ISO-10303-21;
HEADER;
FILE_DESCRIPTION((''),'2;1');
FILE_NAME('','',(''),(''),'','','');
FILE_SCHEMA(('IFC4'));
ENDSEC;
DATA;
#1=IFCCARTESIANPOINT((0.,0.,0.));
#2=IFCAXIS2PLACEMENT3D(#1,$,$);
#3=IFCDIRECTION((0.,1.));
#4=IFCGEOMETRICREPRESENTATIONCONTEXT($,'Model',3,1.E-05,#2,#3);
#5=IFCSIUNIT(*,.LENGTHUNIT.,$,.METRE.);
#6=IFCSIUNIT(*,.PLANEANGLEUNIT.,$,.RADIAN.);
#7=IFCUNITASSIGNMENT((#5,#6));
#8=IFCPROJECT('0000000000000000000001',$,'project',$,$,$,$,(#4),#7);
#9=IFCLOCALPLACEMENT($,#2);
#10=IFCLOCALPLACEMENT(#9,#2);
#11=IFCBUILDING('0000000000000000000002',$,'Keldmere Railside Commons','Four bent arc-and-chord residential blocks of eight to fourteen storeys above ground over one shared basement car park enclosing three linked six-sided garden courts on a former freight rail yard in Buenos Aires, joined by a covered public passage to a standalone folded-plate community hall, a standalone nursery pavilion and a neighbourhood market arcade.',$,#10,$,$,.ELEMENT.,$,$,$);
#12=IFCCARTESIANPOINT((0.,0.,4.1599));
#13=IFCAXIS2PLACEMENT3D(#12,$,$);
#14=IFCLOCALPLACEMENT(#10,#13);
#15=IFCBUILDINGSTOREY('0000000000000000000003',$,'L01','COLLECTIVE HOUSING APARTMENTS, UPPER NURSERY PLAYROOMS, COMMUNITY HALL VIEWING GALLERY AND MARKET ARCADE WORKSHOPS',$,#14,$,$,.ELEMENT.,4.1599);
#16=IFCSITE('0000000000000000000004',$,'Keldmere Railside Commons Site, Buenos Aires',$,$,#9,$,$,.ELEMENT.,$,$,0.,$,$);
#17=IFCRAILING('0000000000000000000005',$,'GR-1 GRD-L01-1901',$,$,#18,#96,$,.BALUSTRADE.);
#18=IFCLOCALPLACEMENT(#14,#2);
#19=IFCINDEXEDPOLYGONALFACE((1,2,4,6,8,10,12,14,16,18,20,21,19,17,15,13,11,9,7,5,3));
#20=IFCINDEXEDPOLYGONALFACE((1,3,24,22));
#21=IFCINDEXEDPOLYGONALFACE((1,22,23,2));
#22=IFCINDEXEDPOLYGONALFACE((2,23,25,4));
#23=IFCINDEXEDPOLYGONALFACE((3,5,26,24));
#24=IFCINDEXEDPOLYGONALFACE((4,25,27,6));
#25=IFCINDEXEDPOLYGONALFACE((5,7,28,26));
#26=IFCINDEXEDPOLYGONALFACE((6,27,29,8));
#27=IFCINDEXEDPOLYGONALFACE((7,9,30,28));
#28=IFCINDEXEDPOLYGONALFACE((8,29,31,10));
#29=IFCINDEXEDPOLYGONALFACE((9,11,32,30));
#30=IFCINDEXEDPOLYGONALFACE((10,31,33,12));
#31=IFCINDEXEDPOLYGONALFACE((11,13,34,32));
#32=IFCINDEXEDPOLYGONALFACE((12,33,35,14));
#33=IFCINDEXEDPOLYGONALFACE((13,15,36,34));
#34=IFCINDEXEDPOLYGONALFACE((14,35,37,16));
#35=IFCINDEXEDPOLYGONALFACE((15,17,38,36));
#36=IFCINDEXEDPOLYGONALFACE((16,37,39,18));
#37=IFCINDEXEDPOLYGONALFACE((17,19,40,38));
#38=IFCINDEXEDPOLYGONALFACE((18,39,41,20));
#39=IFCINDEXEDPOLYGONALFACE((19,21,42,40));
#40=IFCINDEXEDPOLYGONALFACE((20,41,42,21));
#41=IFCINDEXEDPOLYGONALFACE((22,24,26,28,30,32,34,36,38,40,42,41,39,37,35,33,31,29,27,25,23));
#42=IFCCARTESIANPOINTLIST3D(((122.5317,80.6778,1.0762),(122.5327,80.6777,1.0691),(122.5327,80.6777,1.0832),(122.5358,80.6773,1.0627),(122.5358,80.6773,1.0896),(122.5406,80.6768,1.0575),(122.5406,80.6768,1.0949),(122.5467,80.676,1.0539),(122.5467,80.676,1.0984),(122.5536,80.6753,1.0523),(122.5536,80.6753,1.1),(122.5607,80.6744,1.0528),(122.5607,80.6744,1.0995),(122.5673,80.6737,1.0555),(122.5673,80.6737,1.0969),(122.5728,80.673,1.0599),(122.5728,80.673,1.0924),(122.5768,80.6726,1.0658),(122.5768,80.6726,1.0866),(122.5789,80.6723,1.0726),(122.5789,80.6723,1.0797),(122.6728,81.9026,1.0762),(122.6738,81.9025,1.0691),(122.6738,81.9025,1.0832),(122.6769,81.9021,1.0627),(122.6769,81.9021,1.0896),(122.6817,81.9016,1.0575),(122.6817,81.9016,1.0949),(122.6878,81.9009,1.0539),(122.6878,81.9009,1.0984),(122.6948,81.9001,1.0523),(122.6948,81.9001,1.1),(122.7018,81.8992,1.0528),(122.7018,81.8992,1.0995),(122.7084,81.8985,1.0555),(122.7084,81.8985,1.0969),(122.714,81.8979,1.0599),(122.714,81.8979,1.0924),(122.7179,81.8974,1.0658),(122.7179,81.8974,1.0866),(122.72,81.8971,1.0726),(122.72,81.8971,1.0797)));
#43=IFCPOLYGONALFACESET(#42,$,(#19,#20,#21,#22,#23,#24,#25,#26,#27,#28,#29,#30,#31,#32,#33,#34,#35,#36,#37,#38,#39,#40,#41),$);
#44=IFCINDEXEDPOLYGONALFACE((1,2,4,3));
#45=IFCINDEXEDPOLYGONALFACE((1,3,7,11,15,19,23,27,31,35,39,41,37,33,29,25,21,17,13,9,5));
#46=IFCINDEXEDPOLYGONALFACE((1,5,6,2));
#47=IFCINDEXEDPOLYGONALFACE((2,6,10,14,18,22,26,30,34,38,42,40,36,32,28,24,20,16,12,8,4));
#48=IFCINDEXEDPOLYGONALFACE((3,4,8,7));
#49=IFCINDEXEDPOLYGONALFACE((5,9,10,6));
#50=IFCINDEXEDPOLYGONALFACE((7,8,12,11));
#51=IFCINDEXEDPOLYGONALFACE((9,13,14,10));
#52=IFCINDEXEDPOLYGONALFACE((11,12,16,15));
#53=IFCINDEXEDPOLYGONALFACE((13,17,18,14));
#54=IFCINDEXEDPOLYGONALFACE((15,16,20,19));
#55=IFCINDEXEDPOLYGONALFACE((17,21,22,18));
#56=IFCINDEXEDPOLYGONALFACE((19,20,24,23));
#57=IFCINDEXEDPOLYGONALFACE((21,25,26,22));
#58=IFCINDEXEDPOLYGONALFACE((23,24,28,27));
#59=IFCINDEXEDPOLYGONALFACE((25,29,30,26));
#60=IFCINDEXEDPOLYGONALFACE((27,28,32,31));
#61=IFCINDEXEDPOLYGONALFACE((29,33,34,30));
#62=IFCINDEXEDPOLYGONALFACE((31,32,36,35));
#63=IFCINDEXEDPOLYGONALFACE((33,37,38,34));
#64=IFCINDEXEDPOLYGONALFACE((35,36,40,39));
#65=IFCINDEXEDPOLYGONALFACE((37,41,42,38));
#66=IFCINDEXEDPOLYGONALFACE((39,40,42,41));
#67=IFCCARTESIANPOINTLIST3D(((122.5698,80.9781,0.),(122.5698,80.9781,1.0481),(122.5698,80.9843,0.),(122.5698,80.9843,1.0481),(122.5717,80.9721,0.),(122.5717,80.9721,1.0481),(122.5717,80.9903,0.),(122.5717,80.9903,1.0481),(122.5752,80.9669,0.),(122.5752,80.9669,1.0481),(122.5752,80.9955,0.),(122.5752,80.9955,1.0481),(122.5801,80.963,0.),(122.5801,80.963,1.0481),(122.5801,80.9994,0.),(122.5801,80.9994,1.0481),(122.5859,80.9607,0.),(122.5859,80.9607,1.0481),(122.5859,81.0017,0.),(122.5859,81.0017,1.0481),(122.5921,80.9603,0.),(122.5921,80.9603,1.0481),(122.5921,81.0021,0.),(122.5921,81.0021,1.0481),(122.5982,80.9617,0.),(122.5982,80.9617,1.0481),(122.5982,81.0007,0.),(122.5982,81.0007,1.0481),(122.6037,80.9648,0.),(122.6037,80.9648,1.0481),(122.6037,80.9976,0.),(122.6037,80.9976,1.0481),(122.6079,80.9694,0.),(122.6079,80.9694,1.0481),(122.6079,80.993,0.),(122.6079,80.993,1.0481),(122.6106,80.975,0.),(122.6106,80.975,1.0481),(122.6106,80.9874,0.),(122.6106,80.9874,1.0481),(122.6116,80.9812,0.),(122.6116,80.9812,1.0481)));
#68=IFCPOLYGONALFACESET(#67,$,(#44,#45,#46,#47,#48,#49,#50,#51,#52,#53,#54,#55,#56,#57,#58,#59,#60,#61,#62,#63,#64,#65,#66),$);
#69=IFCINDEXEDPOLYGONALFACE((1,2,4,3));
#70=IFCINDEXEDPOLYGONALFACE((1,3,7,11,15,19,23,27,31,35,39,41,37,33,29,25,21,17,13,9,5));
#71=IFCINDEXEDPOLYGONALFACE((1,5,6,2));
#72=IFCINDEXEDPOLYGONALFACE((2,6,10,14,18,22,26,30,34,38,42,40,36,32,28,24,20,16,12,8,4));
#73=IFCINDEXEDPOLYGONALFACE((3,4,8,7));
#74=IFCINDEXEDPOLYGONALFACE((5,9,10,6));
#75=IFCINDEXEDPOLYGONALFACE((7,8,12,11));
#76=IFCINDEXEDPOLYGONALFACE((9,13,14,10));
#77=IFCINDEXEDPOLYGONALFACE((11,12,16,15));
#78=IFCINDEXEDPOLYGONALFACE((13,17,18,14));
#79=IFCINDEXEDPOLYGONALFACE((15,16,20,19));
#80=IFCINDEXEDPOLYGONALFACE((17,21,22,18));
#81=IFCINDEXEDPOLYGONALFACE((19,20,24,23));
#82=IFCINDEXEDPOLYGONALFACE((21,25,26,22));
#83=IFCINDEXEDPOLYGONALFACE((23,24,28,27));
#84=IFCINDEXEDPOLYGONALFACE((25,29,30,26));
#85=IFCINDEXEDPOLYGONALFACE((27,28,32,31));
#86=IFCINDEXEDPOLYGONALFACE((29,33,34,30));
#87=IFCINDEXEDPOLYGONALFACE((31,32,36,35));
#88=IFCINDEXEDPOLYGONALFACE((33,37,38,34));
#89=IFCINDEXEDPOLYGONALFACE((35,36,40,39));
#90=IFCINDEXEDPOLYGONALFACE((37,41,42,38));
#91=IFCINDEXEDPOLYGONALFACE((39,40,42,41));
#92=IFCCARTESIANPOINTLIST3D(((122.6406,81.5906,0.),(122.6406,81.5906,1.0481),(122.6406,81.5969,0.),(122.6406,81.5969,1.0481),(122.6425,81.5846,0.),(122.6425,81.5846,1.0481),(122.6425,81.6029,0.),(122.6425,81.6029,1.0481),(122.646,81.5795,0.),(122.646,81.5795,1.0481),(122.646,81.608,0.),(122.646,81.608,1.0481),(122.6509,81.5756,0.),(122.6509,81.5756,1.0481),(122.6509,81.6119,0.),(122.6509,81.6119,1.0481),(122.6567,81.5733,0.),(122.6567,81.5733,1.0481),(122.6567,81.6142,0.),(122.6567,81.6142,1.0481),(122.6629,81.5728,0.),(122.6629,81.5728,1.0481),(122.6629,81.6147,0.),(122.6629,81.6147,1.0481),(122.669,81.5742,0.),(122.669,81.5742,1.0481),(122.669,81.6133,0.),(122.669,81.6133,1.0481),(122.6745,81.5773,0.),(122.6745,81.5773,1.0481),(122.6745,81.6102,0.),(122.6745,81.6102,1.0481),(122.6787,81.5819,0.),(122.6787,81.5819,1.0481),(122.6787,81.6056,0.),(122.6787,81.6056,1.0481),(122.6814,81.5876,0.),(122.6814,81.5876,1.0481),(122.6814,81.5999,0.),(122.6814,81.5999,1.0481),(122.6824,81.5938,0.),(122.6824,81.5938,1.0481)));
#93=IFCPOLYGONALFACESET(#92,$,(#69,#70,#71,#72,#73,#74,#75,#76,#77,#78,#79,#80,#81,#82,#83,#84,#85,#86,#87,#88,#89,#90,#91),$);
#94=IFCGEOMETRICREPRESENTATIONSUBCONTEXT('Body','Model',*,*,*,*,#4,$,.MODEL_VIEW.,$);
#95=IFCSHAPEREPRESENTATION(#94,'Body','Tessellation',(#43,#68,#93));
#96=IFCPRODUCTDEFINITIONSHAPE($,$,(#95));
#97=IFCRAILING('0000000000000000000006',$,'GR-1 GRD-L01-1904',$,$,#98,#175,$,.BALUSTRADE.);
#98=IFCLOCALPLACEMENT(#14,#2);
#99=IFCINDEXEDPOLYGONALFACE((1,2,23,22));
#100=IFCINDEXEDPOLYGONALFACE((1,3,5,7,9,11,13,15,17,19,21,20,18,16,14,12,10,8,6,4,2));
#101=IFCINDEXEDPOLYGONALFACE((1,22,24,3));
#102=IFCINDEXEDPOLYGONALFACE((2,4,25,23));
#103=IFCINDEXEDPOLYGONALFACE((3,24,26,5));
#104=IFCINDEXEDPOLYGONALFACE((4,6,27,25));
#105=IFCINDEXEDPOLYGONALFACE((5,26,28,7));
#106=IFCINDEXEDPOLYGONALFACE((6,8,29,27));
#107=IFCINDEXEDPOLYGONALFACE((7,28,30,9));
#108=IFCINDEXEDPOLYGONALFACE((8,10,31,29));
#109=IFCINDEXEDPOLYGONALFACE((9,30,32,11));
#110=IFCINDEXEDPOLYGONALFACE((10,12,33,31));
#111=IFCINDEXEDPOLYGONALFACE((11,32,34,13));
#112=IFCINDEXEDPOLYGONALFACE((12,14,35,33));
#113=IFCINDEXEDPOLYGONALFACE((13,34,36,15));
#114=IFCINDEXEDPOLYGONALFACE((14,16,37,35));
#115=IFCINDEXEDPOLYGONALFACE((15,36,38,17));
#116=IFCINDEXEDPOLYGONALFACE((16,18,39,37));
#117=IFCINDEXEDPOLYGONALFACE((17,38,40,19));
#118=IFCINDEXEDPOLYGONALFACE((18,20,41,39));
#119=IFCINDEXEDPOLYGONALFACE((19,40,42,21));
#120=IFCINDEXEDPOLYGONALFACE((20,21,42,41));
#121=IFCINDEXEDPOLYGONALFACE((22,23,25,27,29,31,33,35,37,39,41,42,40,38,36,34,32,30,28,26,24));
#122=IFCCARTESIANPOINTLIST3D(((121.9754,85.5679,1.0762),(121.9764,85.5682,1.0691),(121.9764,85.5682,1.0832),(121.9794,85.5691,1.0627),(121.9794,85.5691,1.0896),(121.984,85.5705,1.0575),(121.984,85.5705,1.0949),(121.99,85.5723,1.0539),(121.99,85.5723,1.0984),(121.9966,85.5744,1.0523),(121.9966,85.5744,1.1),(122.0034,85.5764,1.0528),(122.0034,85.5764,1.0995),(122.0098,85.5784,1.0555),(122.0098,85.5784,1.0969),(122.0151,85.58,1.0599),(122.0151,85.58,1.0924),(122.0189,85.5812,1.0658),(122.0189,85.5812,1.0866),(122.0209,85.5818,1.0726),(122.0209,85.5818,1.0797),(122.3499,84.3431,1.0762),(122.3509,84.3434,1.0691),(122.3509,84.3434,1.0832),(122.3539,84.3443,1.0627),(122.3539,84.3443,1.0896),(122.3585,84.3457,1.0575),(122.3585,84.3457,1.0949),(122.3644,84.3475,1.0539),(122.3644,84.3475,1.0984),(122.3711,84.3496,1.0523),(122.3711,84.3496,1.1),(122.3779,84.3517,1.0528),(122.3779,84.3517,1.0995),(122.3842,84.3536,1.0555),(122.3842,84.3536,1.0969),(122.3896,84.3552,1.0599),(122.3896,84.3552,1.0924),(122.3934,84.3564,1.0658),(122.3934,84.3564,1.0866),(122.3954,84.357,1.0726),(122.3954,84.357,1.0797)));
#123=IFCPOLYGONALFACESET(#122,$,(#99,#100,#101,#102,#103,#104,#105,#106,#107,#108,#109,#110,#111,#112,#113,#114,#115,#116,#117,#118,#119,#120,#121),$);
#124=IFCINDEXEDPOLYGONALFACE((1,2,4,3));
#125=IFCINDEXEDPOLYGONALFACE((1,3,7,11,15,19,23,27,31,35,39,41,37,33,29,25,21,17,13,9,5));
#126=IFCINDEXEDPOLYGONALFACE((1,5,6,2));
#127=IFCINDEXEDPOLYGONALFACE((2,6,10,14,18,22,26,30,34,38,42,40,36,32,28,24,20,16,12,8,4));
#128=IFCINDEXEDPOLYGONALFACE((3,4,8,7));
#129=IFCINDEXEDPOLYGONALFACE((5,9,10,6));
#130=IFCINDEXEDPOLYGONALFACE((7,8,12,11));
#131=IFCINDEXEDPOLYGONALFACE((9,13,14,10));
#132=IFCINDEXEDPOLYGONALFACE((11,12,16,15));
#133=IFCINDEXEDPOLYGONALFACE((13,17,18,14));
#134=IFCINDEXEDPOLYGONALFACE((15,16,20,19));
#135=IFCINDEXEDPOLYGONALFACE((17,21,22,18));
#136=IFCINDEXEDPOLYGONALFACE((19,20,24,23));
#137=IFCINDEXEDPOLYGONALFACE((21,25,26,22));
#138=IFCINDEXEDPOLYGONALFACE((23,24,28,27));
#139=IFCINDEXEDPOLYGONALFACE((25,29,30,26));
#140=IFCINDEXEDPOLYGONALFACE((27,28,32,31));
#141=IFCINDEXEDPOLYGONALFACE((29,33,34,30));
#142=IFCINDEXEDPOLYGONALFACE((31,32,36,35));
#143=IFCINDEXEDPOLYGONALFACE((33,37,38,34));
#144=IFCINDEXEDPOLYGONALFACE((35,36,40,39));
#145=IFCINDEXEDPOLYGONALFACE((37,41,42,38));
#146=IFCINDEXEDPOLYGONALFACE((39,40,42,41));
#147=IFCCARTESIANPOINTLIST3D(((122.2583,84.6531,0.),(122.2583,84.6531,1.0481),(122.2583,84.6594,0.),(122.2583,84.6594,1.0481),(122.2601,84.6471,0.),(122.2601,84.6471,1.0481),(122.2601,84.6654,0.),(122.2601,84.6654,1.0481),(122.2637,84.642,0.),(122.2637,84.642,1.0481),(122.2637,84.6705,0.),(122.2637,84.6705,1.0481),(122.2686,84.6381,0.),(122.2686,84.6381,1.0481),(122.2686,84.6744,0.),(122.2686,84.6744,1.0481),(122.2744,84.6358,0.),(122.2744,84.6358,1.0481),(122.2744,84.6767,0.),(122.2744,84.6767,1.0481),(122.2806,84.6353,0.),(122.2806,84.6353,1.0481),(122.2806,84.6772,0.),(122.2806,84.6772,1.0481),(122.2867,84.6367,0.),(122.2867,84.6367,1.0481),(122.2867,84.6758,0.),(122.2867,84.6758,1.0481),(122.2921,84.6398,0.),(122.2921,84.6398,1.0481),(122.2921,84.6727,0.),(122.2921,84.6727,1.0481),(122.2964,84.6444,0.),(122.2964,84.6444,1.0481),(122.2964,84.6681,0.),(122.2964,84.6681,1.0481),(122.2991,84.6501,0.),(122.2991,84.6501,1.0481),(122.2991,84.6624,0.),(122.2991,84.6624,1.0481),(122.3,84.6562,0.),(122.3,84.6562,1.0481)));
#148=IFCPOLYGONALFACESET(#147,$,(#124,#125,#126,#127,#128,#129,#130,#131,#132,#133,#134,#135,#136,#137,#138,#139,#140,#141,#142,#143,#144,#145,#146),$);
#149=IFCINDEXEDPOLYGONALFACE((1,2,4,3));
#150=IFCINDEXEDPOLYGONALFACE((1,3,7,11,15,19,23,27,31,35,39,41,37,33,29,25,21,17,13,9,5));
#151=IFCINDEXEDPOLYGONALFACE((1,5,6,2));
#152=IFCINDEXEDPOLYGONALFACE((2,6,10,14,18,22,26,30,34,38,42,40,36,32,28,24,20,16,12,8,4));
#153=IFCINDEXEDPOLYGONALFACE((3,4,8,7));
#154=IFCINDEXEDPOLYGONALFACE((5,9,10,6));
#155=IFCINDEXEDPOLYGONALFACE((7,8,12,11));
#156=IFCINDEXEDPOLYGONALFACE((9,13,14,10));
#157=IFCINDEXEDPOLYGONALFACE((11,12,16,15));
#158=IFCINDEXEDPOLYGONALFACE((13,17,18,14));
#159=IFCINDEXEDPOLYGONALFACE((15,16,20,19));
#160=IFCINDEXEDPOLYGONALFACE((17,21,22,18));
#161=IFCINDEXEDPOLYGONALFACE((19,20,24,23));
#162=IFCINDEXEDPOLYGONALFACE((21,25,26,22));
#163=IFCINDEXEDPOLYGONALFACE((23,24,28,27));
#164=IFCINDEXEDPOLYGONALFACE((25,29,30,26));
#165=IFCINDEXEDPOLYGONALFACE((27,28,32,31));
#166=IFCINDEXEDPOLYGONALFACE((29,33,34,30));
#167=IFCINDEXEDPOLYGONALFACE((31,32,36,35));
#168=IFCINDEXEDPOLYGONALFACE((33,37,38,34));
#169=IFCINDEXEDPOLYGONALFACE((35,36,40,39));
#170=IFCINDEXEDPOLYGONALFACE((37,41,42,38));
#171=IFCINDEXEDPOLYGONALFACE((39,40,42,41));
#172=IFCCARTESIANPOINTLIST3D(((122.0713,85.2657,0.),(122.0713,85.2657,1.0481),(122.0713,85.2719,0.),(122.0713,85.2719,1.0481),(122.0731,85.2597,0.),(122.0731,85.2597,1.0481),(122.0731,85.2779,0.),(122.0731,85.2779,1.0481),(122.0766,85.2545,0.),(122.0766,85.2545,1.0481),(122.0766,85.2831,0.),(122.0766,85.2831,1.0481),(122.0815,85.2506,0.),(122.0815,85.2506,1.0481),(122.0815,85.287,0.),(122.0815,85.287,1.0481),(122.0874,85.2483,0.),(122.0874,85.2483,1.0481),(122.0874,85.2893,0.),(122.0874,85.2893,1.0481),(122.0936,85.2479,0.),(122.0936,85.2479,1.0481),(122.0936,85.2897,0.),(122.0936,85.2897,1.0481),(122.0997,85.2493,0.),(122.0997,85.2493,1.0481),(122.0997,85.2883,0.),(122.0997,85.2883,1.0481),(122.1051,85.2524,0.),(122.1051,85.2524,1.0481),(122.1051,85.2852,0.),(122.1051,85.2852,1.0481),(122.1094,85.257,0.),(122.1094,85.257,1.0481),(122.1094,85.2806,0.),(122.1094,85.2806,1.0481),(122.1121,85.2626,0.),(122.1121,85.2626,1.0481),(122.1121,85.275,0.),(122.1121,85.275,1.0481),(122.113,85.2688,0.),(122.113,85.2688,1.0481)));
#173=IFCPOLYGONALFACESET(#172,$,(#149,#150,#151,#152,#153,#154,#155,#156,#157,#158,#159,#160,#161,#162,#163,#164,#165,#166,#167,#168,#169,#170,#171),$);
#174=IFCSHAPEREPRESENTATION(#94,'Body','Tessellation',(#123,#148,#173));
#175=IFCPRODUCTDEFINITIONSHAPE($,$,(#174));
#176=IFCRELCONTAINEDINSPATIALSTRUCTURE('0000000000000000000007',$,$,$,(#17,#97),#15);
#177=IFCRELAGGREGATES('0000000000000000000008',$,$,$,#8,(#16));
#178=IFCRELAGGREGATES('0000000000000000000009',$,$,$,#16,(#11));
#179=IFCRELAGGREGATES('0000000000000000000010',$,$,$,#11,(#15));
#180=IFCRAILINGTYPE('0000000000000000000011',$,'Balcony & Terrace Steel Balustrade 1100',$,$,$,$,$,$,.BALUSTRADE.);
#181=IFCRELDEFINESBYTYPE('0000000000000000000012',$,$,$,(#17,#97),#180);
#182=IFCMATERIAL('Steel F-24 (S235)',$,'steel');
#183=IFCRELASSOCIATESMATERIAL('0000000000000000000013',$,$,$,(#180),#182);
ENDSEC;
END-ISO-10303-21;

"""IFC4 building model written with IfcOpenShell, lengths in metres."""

from ifc_helpers import new_model, si_unit, direction, frame, origin, origin_2d, place, context, subcontext, project, spatial, circle, extrude, material, type_object, element, save


model = new_model("IFC4")

# Units and contexts
model_context = context("Model", 3, precision=1e-05, world=origin(), true_north=direction((0.0, 1.0)))
body_context = subcontext(model_context, "Body", "Model", "MODEL_VIEW")
ifc_project = project(units=[si_unit("LENGTHUNIT", "METRE"), si_unit("PLANEANGLEUNIT", "RADIAN")], contexts=[model_context])

# Site, building, storey
site_placement = place(None, origin())
site = spatial("IfcSite", under=ifc_project, at=site_placement, Name="Keldmere Railside Commons Site, Buenos Aires", CompositionType="ELEMENT", RefElevation=0.0)
building_placement = place(site_placement, origin())
building = spatial("IfcBuilding", under=site, at=building_placement, Name="Keldmere Railside Commons", Description="Four bent arc-and-chord residential blocks of eight to fourteen storeys above ground over one shared basement car park enclosing three linked six-sided garden courts on a former freight rail yard in Buenos Aires, joined by a covered public passage to a standalone folded-plate community hall, a standalone nursery pavilion and a neighbourhood market arcade.", CompositionType="ELEMENT")
storey_placement = place(building_placement, frame((0.0, 0.0, 4.1599)))
storey = spatial("IfcBuildingStorey", under=building, at=storey_placement, Name="L01", Description="COLLECTIVE HOUSING APARTMENTS, UPPER NURSERY PLAYROOMS, COMMUNITY HALL VIEWING GALLERY AND MARKET ARCADE WORKSHOPS", CompositionType="ELEMENT", Elevation=4.1599)

# Railings
ifc_material_1 = material(Name="Steel F-24 (S235)", Category="steel")
railing_type = type_object("IfcRailingType", Name="Balcony & Terrace Steel Balustrade 1100", PredefinedType="BALUSTRADE", material=ifc_material_1)
railing_1_placement = place(storey_placement, frame((122.5554, 80.675, 0.0)))
element("IfcRailing", 1, at=railing_1_placement, inside=storey, type_object=railing_type, Name="GR-1 GRD-L01-1901", PredefinedType="BALUSTRADE", context=body_context, shape_type="SweptSolid", body=[
    extrude(circle(Radius=0.0239, at=origin_2d()), frame((0.0, 0.0, 1.0762), z_axis=(0.114451, 0.993429, 0.0), x_axis=(-0.993429, 0.114451, 0.0)), (0.0, 0.0, 1.0), 1.2329),
    extrude(circle(Radius=0.021, at=origin_2d()), frame((0.0352, 0.3062, 0.0)), (0.0, 0.0, 1.0), 1.0481),
    extrude(circle(Radius=0.021, at=origin_2d()), frame((0.106, 0.9187, 0.0)), (0.0, 0.0, 1.0), 1.0481),
])
railing_2_placement = place(storey_placement, frame((122.3728, 84.3501, 0.0)))
element("IfcRailing", 2, at=railing_2_placement, inside=storey, type_object=railing_type, Name="GR-1 GRD-L01-1904", PredefinedType="BALUSTRADE", context=body_context, shape_type="SweptSolid", body=[
    extrude(circle(Radius=0.0239, at=origin_2d()), frame((0.0, 0.0, 1.0762), z_axis=(-0.292398, 0.956297, 0.0), x_axis=(-0.956297, -0.292398, 0.0)), (0.0, 0.0, 1.0), 1.2808),
    extrude(circle(Radius=0.021, at=origin_2d()), frame((-0.0938, 0.3062, 0.0)), (0.0, 0.0, 1.0), 1.0481),
    extrude(circle(Radius=0.021, at=origin_2d()), frame((-0.2808, 0.9187, 0.0)), (0.0, 0.0, 1.0), 1.0481),
])

save(model, "model.ifc")
